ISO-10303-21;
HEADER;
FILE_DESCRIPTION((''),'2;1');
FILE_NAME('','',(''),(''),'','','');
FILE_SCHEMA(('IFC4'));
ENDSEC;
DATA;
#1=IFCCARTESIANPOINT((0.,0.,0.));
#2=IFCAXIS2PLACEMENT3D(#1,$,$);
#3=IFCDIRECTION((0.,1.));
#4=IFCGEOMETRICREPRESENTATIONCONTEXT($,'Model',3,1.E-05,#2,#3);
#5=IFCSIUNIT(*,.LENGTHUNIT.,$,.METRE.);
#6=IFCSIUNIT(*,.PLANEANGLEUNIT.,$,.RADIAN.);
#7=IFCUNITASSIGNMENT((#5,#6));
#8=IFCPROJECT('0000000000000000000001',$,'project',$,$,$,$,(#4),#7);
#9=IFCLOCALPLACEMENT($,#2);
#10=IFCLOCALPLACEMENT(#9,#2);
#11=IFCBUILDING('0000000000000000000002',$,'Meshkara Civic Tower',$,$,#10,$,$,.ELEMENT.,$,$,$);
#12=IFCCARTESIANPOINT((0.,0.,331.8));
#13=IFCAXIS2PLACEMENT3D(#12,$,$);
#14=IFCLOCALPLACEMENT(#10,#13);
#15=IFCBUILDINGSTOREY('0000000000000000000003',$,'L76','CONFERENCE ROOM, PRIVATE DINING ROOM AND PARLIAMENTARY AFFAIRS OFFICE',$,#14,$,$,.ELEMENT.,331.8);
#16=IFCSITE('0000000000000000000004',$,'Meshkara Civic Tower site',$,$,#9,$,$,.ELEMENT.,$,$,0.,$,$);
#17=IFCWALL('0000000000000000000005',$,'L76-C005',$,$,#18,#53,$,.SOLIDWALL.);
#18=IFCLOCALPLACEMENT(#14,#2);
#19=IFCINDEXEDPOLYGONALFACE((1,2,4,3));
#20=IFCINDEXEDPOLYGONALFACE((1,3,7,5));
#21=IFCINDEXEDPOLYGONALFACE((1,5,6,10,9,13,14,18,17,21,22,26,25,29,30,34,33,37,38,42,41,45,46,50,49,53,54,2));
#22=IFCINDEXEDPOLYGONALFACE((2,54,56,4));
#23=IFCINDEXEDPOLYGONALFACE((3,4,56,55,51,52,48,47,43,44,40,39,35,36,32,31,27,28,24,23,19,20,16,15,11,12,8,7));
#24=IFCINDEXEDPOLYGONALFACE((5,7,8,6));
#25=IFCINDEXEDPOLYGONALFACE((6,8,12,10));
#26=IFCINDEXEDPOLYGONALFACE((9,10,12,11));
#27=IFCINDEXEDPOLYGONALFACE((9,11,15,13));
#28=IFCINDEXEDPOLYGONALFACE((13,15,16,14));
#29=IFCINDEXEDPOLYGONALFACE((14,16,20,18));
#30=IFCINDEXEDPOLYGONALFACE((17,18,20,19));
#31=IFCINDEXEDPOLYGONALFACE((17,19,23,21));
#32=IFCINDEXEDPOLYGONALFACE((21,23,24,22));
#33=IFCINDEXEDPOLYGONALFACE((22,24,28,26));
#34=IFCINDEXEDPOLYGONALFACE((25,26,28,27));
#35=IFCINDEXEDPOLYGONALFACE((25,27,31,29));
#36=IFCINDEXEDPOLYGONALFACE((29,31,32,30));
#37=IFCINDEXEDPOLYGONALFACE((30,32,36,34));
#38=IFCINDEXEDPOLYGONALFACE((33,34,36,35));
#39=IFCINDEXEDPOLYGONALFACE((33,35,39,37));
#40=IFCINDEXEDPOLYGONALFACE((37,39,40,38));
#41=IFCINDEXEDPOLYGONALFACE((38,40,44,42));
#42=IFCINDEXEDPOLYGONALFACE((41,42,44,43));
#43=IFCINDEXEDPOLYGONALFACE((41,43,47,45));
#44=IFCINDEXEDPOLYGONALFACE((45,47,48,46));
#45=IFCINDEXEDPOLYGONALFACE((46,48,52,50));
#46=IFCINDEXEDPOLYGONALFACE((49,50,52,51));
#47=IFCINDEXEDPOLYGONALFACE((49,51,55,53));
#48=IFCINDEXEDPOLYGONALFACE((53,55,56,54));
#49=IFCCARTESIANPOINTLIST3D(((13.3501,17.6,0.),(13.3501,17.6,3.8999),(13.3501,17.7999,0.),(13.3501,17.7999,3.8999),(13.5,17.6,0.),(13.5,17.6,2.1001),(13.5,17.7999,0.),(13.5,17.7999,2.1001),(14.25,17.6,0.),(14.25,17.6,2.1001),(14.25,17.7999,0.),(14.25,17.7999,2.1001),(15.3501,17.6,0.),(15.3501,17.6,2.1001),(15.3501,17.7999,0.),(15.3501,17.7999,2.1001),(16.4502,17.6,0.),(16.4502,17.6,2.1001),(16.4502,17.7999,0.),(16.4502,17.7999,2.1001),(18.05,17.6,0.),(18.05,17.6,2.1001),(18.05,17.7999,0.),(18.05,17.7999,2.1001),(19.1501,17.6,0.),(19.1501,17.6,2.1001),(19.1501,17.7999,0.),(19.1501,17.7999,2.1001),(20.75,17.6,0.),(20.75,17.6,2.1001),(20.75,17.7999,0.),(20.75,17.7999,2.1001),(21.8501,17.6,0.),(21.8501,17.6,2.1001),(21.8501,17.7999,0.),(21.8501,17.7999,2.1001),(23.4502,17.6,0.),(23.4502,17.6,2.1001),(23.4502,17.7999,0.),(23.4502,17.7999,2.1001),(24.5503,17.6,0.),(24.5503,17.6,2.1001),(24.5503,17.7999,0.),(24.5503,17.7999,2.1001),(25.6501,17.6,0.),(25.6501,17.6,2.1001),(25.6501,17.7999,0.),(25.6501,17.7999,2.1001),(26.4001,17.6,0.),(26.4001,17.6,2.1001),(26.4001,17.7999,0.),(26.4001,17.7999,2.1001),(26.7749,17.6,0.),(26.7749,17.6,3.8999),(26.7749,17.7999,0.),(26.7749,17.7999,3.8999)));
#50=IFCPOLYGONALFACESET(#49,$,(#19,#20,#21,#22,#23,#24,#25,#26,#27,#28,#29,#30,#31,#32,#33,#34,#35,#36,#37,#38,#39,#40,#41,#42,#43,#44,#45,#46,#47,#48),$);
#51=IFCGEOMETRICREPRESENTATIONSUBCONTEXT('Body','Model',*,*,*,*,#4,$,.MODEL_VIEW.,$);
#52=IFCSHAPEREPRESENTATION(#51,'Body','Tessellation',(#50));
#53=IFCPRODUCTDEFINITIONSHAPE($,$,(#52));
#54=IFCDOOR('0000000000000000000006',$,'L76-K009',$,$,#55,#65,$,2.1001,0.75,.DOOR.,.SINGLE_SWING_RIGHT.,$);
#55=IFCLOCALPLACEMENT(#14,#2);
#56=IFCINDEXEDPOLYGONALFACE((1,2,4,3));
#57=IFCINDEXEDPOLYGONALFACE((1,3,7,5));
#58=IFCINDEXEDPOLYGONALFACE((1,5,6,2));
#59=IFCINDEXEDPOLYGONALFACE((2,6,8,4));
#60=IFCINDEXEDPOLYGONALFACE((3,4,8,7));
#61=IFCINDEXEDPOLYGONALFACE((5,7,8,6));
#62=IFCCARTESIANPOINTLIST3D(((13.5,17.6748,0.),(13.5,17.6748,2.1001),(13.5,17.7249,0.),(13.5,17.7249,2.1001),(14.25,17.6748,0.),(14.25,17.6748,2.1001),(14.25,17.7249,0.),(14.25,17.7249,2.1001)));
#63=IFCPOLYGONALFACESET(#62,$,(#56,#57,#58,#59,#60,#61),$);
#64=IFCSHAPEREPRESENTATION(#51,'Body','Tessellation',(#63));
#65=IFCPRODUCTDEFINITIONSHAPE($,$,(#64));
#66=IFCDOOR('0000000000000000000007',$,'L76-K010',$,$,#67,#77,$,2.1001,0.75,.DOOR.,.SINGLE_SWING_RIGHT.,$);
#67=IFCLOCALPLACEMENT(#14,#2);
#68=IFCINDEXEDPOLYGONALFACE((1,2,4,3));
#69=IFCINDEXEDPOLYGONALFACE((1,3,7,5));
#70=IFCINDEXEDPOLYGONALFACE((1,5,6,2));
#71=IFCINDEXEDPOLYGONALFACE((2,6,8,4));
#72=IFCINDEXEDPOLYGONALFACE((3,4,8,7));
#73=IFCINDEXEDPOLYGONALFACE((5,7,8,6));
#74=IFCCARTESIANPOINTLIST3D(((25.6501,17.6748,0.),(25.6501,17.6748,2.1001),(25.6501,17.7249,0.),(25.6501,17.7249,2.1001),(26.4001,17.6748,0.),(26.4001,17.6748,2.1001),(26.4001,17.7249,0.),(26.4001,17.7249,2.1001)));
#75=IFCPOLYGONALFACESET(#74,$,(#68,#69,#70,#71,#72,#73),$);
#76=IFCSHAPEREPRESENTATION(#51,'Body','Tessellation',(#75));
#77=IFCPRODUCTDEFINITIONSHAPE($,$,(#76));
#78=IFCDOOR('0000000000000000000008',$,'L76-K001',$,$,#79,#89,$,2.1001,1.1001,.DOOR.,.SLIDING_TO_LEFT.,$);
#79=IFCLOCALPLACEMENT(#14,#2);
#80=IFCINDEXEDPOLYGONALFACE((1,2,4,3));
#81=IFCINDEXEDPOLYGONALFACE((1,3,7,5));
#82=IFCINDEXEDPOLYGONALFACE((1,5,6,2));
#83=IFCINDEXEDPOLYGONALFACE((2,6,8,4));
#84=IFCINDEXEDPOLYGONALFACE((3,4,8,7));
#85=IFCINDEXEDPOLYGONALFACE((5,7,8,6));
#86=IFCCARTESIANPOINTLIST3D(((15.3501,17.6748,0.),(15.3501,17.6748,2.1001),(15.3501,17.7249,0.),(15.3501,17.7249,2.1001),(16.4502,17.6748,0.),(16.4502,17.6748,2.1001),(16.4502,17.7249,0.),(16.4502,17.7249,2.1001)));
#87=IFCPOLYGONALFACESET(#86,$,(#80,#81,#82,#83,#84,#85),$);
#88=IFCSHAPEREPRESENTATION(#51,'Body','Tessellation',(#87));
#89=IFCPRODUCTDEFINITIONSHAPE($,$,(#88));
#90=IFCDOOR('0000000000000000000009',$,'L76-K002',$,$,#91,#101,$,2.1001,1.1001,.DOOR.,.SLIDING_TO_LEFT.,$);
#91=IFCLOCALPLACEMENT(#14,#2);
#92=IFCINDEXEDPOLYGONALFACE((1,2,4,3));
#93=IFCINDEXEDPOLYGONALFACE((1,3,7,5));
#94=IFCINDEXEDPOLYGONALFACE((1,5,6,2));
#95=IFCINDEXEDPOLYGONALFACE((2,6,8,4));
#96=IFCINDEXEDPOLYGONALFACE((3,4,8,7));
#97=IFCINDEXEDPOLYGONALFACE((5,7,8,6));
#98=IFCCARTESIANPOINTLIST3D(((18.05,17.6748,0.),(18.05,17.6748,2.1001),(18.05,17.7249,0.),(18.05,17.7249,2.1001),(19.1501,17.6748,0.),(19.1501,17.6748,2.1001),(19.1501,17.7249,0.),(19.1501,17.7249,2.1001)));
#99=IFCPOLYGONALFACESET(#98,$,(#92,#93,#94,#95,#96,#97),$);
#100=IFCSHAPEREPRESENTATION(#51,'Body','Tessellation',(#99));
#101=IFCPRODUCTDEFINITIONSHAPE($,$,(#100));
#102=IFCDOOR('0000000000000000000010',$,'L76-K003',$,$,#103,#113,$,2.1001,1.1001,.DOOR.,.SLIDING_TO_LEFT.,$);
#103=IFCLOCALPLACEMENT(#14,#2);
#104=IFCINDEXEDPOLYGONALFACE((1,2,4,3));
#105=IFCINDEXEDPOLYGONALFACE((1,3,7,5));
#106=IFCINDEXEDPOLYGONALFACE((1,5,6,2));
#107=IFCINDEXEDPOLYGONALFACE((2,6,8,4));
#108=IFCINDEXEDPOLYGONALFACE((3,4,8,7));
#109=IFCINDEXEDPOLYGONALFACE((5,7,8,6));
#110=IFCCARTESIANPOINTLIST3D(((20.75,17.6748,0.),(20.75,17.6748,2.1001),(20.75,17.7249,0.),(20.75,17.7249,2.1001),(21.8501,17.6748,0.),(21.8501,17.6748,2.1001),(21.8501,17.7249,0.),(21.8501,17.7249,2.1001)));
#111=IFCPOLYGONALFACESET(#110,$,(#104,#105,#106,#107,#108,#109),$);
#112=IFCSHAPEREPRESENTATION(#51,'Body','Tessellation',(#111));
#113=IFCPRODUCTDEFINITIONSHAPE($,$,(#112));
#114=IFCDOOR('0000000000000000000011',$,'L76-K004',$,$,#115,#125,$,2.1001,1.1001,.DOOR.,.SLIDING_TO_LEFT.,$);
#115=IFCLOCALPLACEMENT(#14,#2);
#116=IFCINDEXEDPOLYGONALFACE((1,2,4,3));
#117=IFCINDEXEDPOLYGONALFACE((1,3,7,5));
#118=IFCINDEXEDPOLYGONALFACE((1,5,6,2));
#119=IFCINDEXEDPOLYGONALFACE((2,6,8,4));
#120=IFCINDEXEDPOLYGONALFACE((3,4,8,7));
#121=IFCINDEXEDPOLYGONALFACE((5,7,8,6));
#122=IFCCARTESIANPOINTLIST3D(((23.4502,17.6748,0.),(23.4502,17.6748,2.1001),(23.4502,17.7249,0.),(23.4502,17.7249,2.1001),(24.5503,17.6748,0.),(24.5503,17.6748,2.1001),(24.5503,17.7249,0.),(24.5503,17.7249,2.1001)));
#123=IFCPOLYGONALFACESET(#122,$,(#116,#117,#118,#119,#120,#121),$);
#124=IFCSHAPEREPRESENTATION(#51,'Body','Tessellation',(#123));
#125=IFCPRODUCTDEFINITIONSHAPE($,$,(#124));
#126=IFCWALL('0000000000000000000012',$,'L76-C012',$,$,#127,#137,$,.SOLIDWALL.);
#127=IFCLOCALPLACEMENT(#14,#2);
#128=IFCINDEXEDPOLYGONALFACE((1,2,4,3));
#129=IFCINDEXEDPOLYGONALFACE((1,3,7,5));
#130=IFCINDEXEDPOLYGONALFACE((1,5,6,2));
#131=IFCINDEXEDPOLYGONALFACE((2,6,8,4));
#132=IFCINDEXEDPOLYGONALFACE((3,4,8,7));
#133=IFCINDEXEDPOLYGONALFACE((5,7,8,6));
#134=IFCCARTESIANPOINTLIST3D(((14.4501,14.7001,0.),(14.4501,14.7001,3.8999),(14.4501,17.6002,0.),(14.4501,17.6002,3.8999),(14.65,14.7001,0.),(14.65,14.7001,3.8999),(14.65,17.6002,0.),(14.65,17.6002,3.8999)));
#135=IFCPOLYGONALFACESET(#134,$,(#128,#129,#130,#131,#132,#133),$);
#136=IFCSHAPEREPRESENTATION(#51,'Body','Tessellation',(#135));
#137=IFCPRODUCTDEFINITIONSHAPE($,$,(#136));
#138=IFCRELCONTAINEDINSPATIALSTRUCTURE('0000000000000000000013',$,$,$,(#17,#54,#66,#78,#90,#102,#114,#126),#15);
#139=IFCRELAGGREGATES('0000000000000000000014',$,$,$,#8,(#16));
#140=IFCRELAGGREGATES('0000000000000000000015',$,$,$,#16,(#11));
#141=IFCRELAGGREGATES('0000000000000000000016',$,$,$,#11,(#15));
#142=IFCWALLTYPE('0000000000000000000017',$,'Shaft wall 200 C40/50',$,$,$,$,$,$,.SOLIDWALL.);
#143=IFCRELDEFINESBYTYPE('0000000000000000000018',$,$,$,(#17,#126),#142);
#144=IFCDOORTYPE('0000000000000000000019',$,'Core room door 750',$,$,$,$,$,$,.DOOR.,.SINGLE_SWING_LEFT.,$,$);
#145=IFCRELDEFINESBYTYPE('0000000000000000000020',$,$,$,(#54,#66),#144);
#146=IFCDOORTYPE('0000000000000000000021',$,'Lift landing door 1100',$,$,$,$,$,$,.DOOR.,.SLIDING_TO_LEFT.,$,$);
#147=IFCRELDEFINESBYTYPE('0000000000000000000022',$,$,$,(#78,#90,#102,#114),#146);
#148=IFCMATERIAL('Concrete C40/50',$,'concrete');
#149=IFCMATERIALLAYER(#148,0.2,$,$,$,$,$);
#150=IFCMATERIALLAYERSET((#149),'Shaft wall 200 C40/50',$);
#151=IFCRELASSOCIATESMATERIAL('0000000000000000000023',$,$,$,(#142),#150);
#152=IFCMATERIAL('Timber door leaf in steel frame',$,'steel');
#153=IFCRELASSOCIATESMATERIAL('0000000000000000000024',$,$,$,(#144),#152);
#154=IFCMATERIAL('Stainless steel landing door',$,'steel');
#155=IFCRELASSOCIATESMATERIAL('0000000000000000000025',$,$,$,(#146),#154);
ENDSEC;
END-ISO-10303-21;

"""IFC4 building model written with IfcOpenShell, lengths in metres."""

from ifc_helpers import new_model, si_unit, direction, frame, frame_2d, origin, place, context, subcontext, project, spatial, rectangle, extrude, material, layer, layer_set, type_object, element, fill, save


model = new_model("IFC4")

# Units and contexts
model_context = context("Model", 3, precision=1e-05, world=origin(), true_north=direction((0.0, 1.0)))
body_context = subcontext(model_context, "Body", "Model", "MODEL_VIEW")
ifc_project = project(units=[si_unit("LENGTHUNIT", "METRE"), si_unit("PLANEANGLEUNIT", "RADIAN")], contexts=[model_context])

# Site, building, storey
site_placement = place(None, origin())
site = spatial("IfcSite", under=ifc_project, at=site_placement, Name="Meshkara Civic Tower site", CompositionType="ELEMENT", RefElevation=0.0)
building_placement = place(site_placement, origin())
building = spatial("IfcBuilding", under=site, at=building_placement, Name="Meshkara Civic Tower", CompositionType="ELEMENT")
storey_placement = place(building_placement, frame((0.0, 0.0, 331.8)))
storey = spatial("IfcBuildingStorey", under=building, at=storey_placement, Name="L76", Description="CONFERENCE ROOM, PRIVATE DINING ROOM AND PARLIAMENTARY AFFAIRS OFFICE", CompositionType="ELEMENT", Elevation=331.8)

# Wall, openings, doors
ifc_material_1 = material(Name="Concrete C40/50", Category="concrete")
ifc_layer_1 = layer(ifc_material_1, 0.2)
ifc_layer_set_1 = layer_set([ifc_layer_1], Name="Shaft wall 200 C40/50")
wall_type_1 = type_object("IfcWallType", Name="Shaft wall 200 C40/50", PredefinedType="SOLIDWALL", material=ifc_layer_set_1)
wall_1_placement = place(storey_placement, frame((13.3501, 17.7, 0.0), z_axis=(0.0, 0.0, 1.0), x_axis=(1.0, 0.0, 0.0)))
wall_1 = element("IfcWall", 1, at=wall_1_placement, inside=storey, type_object=wall_type_1, Name="L76-C005", PredefinedType="SOLIDWALL", context=body_context, shape_type="SweptSolid", body=[
    extrude(rectangle(XDim=13.4248, YDim=0.2, at=frame_2d((6.7124, 0.0))), origin(), (0.0, 0.0, 1.0), 3.8999),
])
opening_1_placement = place(wall_1_placement, frame((2.0, 0.0, 0.0)))
opening_1 = element("IfcOpeningElement", 2, at=opening_1_placement, cuts=wall_1, PredefinedType="OPENING", context=body_context, shape_type="SweptSolid", body=[
    extrude(rectangle(XDim=1.1001, YDim=2.1001, at=frame_2d((0.55, 1.05))), frame((0.0, 0.1099, 0.0), z_axis=(0.0, -1.0, 0.0), x_axis=(1.0, 0.0, 0.0)), (0.0, 0.0, 1.0), 0.22),
])
opening_2_placement = place(wall_1_placement, frame((4.7, 0.0, 0.0)))
opening_2 = element("IfcOpeningElement", 3, at=opening_2_placement, cuts=wall_1, PredefinedType="OPENING", context=body_context, shape_type="SweptSolid", body=[
    extrude(rectangle(XDim=1.1001, YDim=2.1001, at=frame_2d((0.55, 1.05))), frame((0.0, 0.1099, 0.0), z_axis=(0.0, -1.0, 0.0), x_axis=(1.0, 0.0, 0.0)), (0.0, 0.0, 1.0), 0.22),
])
opening_3_placement = place(wall_1_placement, frame((7.3999, 0.0, 0.0)))
opening_3 = element("IfcOpeningElement", 4, at=opening_3_placement, cuts=wall_1, PredefinedType="OPENING", context=body_context, shape_type="SweptSolid", body=[
    extrude(rectangle(XDim=1.1001, YDim=2.1001, at=frame_2d((0.55, 1.05))), frame((0.0, 0.1099, 0.0), z_axis=(0.0, -1.0, 0.0), x_axis=(1.0, 0.0, 0.0)), (0.0, 0.0, 1.0), 0.22),
])
opening_4_placement = place(wall_1_placement, frame((10.1001, 0.0, 0.0)))
opening_4 = element("IfcOpeningElement", 5, at=opening_4_placement, cuts=wall_1, PredefinedType="OPENING", context=body_context, shape_type="SweptSolid", body=[
    extrude(rectangle(XDim=1.1001, YDim=2.1001, at=frame_2d((0.55, 1.05))), frame((0.0, 0.1099, 0.0), z_axis=(0.0, -1.0, 0.0), x_axis=(1.0, 0.0, 0.0)), (0.0, 0.0, 1.0), 0.22),
])
opening_5_placement = place(wall_1_placement, frame((0.1499, 0.0, 0.0)))
opening_5 = element("IfcOpeningElement", 6, at=opening_5_placement, cuts=wall_1, PredefinedType="OPENING", context=body_context, shape_type="SweptSolid", body=[
    extrude(rectangle(XDim=0.75, YDim=2.1001, at=frame_2d((0.375, 1.05))), frame((0.0, 0.1099, 0.0), z_axis=(0.0, -1.0, 0.0), x_axis=(1.0, 0.0, 0.0)), (0.0, 0.0, 1.0), 0.22),
])
opening_6_placement = place(wall_1_placement, frame((12.3, 0.0, 0.0)))
opening_6 = element("IfcOpeningElement", 7, at=opening_6_placement, cuts=wall_1, PredefinedType="OPENING", context=body_context, shape_type="SweptSolid", body=[
    extrude(rectangle(XDim=0.75, YDim=2.1001, at=frame_2d((0.375, 1.05))), frame((0.0, 0.1099, 0.0), z_axis=(0.0, -1.0, 0.0), x_axis=(1.0, 0.0, 0.0)), (0.0, 0.0, 1.0), 0.22),
])
ifc_material_2 = material(Name="Timber door leaf in steel frame", Category="steel")
door_type_1 = type_object("IfcDoorType", Name="Core room door 750", OperationType="SINGLE_SWING_LEFT", PredefinedType="DOOR", material=ifc_material_2)
door_1_placement = place(opening_5_placement, origin())
door_1 = element("IfcDoor", 8, at=door_1_placement, inside=storey, type_object=door_type_1, Name="L76-K009", OperationType="SINGLE_SWING_RIGHT", OverallHeight=2.1001, OverallWidth=0.75, PredefinedType="DOOR", context=body_context, shape_type="SweptSolid", body=[
    extrude(rectangle(XDim=0.75, YDim=2.1001, at=frame_2d((0.375, 1.05))), frame((0.0, 0.0249, 0.0), z_axis=(0.0, -1.0, 0.0), x_axis=(1.0, 0.0, 0.0)), (0.0, 0.0, 1.0), 0.05),
])
fill(opening_5, door_1)
door_2_placement = place(opening_6_placement, origin())
door_2 = element("IfcDoor", 9, at=door_2_placement, inside=storey, type_object=door_type_1, Name="L76-K010", OperationType="SINGLE_SWING_RIGHT", OverallHeight=2.1001, OverallWidth=0.75, PredefinedType="DOOR", context=body_context, shape_type="SweptSolid", body=[
    extrude(rectangle(XDim=0.75, YDim=2.1001, at=frame_2d((0.375, 1.05))), frame((0.0, 0.0249, 0.0), z_axis=(0.0, -1.0, 0.0), x_axis=(1.0, 0.0, 0.0)), (0.0, 0.0, 1.0), 0.05),
])
fill(opening_6, door_2)
ifc_material_3 = material(Name="Stainless steel landing door", Category="steel")
door_type_2 = type_object("IfcDoorType", Name="Lift landing door 1100", OperationType="SLIDING_TO_LEFT", PredefinedType="DOOR", material=ifc_material_3)
door_3_placement = place(opening_1_placement, origin())
door_3 = element("IfcDoor", 10, at=door_3_placement, inside=storey, type_object=door_type_2, Name="L76-K001", OperationType="SLIDING_TO_LEFT", OverallHeight=2.1001, OverallWidth=1.1001, PredefinedType="DOOR", context=body_context, shape_type="SweptSolid", body=[
    extrude(rectangle(XDim=1.1001, YDim=2.1001, at=frame_2d((0.55, 1.05))), frame((0.0, 0.0249, 0.0), z_axis=(0.0, -1.0, 0.0), x_axis=(1.0, 0.0, 0.0)), (0.0, 0.0, 1.0), 0.05),
])
fill(opening_1, door_3)
door_4_placement = place(opening_2_placement, origin())
door_4 = element("IfcDoor", 11, at=door_4_placement, inside=storey, type_object=door_type_2, Name="L76-K002", OperationType="SLIDING_TO_LEFT", OverallHeight=2.1001, OverallWidth=1.1001, PredefinedType="DOOR", context=body_context, shape_type="SweptSolid", body=[
    extrude(rectangle(XDim=1.1001, YDim=2.1001, at=frame_2d((0.55, 1.05))), frame((0.0, 0.0249, 0.0), z_axis=(0.0, -1.0, 0.0), x_axis=(1.0, 0.0, 0.0)), (0.0, 0.0, 1.0), 0.05),
])
fill(opening_2, door_4)
door_5_placement = place(opening_3_placement, origin())
door_5 = element("IfcDoor", 12, at=door_5_placement, inside=storey, type_object=door_type_2, Name="L76-K003", OperationType="SLIDING_TO_LEFT", OverallHeight=2.1001, OverallWidth=1.1001, PredefinedType="DOOR", context=body_context, shape_type="SweptSolid", body=[
    extrude(rectangle(XDim=1.1001, YDim=2.1001, at=frame_2d((0.55, 1.05))), frame((0.0, 0.0249, 0.0), z_axis=(0.0, -1.0, 0.0), x_axis=(1.0, 0.0, 0.0)), (0.0, 0.0, 1.0), 0.05),
])
fill(opening_3, door_5)
door_6_placement = place(opening_4_placement, origin())
door_6 = element("IfcDoor", 13, at=door_6_placement, inside=storey, type_object=door_type_2, Name="L76-K004", OperationType="SLIDING_TO_LEFT", OverallHeight=2.1001, OverallWidth=1.1001, PredefinedType="DOOR", context=body_context, shape_type="SweptSolid", body=[
    extrude(rectangle(XDim=1.1001, YDim=2.1001, at=frame_2d((0.55, 1.05))), frame((0.0, 0.0249, 0.0), z_axis=(0.0, -1.0, 0.0), x_axis=(1.0, 0.0, 0.0)), (0.0, 0.0, 1.0), 0.05),
])
fill(opening_4, door_6)

# Wall
wall_2_placement = place(storey_placement, frame((14.55, 14.7, 0.0), z_axis=(0.0, 0.0, 1.0), x_axis=(0.0, 1.0, 0.0)))
element("IfcWall", 14, at=wall_2_placement, inside=storey, type_object=wall_type_1, Name="L76-C012", PredefinedType="SOLIDWALL", context=body_context, shape_type="SweptSolid", body=[
    extrude(rectangle(XDim=2.9001, YDim=0.2, at=frame_2d((1.4502, 0.0))), origin(), (0.0, 0.0, 1.0), 3.8999),
])

save(model, "model.ifc")
